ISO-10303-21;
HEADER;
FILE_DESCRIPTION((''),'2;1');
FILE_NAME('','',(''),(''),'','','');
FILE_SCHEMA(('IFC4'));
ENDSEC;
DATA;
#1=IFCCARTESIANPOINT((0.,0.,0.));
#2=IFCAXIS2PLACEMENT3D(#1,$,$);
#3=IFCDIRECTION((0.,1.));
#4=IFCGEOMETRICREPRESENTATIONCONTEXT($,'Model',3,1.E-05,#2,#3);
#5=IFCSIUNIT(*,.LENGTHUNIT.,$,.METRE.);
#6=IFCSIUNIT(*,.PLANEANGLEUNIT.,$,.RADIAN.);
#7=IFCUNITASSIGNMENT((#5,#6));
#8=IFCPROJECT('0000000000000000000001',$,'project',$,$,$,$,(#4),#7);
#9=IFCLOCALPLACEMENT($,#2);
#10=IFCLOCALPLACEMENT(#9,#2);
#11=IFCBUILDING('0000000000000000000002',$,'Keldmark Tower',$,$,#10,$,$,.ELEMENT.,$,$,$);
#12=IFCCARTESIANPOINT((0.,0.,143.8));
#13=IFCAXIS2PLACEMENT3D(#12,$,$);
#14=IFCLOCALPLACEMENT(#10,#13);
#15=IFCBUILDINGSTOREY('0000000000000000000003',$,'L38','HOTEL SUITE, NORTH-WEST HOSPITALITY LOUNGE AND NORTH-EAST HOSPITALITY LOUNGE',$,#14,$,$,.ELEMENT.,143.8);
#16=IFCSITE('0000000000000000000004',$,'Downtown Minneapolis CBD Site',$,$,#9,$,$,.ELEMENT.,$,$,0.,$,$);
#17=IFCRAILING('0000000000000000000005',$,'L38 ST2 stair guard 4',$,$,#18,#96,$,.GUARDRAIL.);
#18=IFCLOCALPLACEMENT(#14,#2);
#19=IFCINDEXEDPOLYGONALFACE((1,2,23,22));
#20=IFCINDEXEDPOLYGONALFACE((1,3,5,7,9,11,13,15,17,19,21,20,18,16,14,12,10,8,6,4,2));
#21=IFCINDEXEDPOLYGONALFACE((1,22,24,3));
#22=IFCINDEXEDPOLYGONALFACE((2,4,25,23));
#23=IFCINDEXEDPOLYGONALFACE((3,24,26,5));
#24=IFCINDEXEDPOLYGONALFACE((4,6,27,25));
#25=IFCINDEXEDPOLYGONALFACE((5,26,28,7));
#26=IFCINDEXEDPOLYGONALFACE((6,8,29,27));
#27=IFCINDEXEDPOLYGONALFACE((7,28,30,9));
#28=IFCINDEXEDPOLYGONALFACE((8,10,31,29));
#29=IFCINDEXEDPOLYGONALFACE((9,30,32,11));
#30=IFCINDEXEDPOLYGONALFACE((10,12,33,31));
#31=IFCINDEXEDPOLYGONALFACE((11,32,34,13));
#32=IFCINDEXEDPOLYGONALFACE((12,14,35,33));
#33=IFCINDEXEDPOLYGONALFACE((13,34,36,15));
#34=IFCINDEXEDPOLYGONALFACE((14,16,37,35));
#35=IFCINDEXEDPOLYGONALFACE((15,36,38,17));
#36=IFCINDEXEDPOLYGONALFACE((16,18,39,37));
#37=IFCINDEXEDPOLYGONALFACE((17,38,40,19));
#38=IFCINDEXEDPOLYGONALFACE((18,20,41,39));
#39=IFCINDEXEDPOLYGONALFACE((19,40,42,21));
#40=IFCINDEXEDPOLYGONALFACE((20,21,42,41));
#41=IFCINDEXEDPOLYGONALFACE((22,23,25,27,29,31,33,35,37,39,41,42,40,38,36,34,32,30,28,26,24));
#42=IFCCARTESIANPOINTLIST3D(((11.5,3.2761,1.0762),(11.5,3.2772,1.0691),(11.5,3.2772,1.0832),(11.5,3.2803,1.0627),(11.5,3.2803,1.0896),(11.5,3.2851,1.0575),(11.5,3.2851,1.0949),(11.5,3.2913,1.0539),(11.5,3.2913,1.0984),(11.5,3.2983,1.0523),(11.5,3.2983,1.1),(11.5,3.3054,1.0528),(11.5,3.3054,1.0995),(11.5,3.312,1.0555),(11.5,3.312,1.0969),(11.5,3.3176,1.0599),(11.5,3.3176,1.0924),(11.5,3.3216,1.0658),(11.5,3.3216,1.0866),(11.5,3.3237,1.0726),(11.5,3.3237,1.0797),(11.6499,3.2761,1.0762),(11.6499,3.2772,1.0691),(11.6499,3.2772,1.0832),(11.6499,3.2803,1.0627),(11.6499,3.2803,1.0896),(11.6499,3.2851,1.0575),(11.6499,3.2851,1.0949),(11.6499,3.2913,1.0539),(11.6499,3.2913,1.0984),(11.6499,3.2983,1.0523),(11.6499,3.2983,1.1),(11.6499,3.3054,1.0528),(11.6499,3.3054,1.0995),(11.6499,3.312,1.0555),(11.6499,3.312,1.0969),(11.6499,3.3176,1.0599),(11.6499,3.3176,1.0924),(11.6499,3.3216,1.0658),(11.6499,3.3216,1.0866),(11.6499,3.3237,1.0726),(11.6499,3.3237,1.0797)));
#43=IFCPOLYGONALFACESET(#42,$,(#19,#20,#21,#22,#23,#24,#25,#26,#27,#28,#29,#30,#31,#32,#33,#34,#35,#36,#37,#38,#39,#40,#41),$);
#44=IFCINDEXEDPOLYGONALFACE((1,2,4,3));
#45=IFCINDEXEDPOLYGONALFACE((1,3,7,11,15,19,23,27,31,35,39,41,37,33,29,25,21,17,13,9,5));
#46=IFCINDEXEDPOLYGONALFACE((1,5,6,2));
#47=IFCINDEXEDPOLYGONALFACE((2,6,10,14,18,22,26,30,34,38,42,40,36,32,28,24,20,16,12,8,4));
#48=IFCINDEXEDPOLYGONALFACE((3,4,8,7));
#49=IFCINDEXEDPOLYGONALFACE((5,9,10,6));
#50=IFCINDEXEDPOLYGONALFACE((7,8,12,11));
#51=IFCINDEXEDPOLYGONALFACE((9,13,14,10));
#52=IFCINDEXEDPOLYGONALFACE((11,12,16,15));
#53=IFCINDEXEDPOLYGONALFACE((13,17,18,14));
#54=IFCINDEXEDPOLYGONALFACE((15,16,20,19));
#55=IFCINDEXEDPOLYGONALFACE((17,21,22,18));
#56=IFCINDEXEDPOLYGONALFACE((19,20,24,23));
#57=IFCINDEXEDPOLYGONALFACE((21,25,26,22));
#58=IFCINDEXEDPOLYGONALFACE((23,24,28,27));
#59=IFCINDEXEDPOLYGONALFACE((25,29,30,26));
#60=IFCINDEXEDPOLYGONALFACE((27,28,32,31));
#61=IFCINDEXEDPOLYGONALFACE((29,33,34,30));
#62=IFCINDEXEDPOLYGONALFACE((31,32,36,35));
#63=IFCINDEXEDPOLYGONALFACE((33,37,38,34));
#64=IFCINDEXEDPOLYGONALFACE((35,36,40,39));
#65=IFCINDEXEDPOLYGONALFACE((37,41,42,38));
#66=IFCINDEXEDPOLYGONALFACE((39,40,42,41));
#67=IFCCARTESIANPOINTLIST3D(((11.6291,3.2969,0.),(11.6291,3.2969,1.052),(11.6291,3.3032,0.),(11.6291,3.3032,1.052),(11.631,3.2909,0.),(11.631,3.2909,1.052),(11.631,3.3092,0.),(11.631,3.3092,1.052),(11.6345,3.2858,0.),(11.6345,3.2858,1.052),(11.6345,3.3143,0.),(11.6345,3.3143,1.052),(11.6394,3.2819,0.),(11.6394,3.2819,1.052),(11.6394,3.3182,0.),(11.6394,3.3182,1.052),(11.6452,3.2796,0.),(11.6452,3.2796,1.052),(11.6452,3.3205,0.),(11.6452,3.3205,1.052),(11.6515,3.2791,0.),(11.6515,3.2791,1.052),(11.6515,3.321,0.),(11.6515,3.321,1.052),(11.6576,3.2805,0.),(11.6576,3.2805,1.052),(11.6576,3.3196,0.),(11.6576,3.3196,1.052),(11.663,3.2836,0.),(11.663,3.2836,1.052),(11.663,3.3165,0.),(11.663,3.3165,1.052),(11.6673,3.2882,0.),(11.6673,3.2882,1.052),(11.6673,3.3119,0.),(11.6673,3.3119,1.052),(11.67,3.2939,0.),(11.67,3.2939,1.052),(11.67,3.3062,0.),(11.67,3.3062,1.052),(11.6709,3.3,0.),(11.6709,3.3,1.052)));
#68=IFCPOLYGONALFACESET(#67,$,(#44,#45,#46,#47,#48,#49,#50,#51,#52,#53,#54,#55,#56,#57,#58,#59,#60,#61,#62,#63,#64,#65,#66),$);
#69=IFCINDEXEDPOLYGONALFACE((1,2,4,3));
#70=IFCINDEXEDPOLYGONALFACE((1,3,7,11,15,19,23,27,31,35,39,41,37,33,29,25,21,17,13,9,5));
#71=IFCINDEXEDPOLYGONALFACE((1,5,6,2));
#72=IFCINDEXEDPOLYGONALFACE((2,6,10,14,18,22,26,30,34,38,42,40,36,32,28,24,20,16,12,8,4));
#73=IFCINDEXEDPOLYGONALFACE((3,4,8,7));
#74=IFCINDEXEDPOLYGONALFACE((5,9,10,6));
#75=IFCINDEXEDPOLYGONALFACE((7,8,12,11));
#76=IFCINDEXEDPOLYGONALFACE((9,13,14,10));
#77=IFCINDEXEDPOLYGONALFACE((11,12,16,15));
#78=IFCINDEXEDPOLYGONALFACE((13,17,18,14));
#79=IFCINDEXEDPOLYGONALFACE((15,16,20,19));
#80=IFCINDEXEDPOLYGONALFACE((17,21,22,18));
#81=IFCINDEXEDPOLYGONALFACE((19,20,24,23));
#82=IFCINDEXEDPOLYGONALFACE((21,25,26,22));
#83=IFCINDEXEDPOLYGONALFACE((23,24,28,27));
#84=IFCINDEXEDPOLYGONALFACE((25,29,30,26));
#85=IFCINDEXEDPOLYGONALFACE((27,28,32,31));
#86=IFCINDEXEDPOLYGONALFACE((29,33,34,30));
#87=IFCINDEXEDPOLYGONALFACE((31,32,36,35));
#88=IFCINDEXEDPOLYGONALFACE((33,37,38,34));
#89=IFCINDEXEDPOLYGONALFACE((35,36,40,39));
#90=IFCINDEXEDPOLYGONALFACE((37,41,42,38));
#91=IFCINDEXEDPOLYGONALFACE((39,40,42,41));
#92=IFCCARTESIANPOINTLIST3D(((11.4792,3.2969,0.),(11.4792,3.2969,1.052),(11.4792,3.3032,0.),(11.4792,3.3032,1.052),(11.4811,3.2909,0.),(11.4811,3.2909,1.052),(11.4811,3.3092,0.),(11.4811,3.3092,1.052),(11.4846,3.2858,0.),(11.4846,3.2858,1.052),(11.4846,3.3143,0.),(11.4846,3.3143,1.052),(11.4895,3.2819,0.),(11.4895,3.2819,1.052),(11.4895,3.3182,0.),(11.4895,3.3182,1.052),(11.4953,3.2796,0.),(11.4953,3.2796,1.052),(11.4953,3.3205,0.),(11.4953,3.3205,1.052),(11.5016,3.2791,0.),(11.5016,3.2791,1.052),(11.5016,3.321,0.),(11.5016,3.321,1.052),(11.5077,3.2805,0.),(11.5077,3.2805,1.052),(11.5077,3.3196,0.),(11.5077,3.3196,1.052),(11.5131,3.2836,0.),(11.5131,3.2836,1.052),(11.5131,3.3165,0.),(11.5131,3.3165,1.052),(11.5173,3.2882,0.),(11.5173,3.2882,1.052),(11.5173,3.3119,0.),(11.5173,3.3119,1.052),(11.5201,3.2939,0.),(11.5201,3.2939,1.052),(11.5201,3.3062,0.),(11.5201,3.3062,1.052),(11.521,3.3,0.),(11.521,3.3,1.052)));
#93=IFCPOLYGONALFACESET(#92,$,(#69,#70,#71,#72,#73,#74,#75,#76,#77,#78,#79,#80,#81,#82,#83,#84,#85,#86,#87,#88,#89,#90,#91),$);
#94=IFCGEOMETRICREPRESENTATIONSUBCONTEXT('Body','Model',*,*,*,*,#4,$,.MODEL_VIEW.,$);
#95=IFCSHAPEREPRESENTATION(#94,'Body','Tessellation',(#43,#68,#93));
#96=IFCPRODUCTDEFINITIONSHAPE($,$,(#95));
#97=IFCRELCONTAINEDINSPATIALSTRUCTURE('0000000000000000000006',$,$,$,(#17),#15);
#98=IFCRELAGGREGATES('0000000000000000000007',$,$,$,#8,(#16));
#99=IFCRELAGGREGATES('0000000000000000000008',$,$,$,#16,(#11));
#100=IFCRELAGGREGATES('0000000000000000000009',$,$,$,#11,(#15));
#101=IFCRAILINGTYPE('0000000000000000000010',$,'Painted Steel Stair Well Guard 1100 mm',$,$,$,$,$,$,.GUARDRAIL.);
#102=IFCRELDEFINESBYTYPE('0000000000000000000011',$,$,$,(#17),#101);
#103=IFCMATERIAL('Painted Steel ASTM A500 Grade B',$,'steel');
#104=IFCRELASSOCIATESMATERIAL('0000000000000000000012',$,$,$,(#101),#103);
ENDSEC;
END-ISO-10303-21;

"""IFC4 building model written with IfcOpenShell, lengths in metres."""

from ifc_helpers import new_model, si_unit, direction, frame, origin, origin_2d, place, context, subcontext, project, spatial, circle, extrude, material, type_object, element, save


model = new_model("IFC4")

# Units and contexts
model_context = context("Model", 3, precision=1e-05, world=origin(), true_north=direction((0.0, 1.0)))
body_context = subcontext(model_context, "Body", "Model", "MODEL_VIEW")
ifc_project = project(units=[si_unit("LENGTHUNIT", "METRE"), si_unit("PLANEANGLEUNIT", "RADIAN")], contexts=[model_context])

# Site, building, storey
site_placement = place(None, origin())
site = spatial("IfcSite", under=ifc_project, at=site_placement, Name="Downtown Minneapolis CBD Site", CompositionType="ELEMENT", RefElevation=0.0)
building_placement = place(site_placement, origin())
building = spatial("IfcBuilding", under=site, at=building_placement, Name="Keldmark Tower", CompositionType="ELEMENT")
storey_placement = place(building_placement, frame((0.0, 0.0, 143.8)))
storey = spatial("IfcBuildingStorey", under=building, at=storey_placement, Name="L38", Description="HOTEL SUITE, NORTH-WEST HOSPITALITY LOUNGE AND NORTH-EAST HOSPITALITY LOUNGE", CompositionType="ELEMENT", Elevation=143.8)

# Railing
ifc_material_1 = material(Name="Painted Steel ASTM A500 Grade B", Category="steel")
railing_type_1 = type_object("IfcRailingType", Name="Painted Steel Stair Well Guard 1100 mm", PredefinedType="GUARDRAIL", material=ifc_material_1)
railing_1_placement = place(storey_placement, frame((11.6499, 3.3, 0.0)))
element("IfcRailing", 1, at=railing_1_placement, inside=storey, type_object=railing_type_1, Name="L38 ST2 stair guard 4", PredefinedType="GUARDRAIL", context=body_context, shape_type="SweptSolid", body=[
    extrude(circle(Radius=0.0239, at=origin_2d()), frame((0.0, 0.0, 1.0762), z_axis=(-1.0, 0.0, 0.0), x_axis=(0.0, -1.0, 0.0)), (0.0, 0.0, 1.0), 0.1499),
    extrude(circle(Radius=0.021, at=origin_2d()), origin(), (0.0, 0.0, 1.0), 1.052),
    extrude(circle(Radius=0.021, at=origin_2d()), frame((-0.1499, 0.0, 0.0)), (0.0, 0.0, 1.0), 1.052),
])

save(model, "model.ifc")
